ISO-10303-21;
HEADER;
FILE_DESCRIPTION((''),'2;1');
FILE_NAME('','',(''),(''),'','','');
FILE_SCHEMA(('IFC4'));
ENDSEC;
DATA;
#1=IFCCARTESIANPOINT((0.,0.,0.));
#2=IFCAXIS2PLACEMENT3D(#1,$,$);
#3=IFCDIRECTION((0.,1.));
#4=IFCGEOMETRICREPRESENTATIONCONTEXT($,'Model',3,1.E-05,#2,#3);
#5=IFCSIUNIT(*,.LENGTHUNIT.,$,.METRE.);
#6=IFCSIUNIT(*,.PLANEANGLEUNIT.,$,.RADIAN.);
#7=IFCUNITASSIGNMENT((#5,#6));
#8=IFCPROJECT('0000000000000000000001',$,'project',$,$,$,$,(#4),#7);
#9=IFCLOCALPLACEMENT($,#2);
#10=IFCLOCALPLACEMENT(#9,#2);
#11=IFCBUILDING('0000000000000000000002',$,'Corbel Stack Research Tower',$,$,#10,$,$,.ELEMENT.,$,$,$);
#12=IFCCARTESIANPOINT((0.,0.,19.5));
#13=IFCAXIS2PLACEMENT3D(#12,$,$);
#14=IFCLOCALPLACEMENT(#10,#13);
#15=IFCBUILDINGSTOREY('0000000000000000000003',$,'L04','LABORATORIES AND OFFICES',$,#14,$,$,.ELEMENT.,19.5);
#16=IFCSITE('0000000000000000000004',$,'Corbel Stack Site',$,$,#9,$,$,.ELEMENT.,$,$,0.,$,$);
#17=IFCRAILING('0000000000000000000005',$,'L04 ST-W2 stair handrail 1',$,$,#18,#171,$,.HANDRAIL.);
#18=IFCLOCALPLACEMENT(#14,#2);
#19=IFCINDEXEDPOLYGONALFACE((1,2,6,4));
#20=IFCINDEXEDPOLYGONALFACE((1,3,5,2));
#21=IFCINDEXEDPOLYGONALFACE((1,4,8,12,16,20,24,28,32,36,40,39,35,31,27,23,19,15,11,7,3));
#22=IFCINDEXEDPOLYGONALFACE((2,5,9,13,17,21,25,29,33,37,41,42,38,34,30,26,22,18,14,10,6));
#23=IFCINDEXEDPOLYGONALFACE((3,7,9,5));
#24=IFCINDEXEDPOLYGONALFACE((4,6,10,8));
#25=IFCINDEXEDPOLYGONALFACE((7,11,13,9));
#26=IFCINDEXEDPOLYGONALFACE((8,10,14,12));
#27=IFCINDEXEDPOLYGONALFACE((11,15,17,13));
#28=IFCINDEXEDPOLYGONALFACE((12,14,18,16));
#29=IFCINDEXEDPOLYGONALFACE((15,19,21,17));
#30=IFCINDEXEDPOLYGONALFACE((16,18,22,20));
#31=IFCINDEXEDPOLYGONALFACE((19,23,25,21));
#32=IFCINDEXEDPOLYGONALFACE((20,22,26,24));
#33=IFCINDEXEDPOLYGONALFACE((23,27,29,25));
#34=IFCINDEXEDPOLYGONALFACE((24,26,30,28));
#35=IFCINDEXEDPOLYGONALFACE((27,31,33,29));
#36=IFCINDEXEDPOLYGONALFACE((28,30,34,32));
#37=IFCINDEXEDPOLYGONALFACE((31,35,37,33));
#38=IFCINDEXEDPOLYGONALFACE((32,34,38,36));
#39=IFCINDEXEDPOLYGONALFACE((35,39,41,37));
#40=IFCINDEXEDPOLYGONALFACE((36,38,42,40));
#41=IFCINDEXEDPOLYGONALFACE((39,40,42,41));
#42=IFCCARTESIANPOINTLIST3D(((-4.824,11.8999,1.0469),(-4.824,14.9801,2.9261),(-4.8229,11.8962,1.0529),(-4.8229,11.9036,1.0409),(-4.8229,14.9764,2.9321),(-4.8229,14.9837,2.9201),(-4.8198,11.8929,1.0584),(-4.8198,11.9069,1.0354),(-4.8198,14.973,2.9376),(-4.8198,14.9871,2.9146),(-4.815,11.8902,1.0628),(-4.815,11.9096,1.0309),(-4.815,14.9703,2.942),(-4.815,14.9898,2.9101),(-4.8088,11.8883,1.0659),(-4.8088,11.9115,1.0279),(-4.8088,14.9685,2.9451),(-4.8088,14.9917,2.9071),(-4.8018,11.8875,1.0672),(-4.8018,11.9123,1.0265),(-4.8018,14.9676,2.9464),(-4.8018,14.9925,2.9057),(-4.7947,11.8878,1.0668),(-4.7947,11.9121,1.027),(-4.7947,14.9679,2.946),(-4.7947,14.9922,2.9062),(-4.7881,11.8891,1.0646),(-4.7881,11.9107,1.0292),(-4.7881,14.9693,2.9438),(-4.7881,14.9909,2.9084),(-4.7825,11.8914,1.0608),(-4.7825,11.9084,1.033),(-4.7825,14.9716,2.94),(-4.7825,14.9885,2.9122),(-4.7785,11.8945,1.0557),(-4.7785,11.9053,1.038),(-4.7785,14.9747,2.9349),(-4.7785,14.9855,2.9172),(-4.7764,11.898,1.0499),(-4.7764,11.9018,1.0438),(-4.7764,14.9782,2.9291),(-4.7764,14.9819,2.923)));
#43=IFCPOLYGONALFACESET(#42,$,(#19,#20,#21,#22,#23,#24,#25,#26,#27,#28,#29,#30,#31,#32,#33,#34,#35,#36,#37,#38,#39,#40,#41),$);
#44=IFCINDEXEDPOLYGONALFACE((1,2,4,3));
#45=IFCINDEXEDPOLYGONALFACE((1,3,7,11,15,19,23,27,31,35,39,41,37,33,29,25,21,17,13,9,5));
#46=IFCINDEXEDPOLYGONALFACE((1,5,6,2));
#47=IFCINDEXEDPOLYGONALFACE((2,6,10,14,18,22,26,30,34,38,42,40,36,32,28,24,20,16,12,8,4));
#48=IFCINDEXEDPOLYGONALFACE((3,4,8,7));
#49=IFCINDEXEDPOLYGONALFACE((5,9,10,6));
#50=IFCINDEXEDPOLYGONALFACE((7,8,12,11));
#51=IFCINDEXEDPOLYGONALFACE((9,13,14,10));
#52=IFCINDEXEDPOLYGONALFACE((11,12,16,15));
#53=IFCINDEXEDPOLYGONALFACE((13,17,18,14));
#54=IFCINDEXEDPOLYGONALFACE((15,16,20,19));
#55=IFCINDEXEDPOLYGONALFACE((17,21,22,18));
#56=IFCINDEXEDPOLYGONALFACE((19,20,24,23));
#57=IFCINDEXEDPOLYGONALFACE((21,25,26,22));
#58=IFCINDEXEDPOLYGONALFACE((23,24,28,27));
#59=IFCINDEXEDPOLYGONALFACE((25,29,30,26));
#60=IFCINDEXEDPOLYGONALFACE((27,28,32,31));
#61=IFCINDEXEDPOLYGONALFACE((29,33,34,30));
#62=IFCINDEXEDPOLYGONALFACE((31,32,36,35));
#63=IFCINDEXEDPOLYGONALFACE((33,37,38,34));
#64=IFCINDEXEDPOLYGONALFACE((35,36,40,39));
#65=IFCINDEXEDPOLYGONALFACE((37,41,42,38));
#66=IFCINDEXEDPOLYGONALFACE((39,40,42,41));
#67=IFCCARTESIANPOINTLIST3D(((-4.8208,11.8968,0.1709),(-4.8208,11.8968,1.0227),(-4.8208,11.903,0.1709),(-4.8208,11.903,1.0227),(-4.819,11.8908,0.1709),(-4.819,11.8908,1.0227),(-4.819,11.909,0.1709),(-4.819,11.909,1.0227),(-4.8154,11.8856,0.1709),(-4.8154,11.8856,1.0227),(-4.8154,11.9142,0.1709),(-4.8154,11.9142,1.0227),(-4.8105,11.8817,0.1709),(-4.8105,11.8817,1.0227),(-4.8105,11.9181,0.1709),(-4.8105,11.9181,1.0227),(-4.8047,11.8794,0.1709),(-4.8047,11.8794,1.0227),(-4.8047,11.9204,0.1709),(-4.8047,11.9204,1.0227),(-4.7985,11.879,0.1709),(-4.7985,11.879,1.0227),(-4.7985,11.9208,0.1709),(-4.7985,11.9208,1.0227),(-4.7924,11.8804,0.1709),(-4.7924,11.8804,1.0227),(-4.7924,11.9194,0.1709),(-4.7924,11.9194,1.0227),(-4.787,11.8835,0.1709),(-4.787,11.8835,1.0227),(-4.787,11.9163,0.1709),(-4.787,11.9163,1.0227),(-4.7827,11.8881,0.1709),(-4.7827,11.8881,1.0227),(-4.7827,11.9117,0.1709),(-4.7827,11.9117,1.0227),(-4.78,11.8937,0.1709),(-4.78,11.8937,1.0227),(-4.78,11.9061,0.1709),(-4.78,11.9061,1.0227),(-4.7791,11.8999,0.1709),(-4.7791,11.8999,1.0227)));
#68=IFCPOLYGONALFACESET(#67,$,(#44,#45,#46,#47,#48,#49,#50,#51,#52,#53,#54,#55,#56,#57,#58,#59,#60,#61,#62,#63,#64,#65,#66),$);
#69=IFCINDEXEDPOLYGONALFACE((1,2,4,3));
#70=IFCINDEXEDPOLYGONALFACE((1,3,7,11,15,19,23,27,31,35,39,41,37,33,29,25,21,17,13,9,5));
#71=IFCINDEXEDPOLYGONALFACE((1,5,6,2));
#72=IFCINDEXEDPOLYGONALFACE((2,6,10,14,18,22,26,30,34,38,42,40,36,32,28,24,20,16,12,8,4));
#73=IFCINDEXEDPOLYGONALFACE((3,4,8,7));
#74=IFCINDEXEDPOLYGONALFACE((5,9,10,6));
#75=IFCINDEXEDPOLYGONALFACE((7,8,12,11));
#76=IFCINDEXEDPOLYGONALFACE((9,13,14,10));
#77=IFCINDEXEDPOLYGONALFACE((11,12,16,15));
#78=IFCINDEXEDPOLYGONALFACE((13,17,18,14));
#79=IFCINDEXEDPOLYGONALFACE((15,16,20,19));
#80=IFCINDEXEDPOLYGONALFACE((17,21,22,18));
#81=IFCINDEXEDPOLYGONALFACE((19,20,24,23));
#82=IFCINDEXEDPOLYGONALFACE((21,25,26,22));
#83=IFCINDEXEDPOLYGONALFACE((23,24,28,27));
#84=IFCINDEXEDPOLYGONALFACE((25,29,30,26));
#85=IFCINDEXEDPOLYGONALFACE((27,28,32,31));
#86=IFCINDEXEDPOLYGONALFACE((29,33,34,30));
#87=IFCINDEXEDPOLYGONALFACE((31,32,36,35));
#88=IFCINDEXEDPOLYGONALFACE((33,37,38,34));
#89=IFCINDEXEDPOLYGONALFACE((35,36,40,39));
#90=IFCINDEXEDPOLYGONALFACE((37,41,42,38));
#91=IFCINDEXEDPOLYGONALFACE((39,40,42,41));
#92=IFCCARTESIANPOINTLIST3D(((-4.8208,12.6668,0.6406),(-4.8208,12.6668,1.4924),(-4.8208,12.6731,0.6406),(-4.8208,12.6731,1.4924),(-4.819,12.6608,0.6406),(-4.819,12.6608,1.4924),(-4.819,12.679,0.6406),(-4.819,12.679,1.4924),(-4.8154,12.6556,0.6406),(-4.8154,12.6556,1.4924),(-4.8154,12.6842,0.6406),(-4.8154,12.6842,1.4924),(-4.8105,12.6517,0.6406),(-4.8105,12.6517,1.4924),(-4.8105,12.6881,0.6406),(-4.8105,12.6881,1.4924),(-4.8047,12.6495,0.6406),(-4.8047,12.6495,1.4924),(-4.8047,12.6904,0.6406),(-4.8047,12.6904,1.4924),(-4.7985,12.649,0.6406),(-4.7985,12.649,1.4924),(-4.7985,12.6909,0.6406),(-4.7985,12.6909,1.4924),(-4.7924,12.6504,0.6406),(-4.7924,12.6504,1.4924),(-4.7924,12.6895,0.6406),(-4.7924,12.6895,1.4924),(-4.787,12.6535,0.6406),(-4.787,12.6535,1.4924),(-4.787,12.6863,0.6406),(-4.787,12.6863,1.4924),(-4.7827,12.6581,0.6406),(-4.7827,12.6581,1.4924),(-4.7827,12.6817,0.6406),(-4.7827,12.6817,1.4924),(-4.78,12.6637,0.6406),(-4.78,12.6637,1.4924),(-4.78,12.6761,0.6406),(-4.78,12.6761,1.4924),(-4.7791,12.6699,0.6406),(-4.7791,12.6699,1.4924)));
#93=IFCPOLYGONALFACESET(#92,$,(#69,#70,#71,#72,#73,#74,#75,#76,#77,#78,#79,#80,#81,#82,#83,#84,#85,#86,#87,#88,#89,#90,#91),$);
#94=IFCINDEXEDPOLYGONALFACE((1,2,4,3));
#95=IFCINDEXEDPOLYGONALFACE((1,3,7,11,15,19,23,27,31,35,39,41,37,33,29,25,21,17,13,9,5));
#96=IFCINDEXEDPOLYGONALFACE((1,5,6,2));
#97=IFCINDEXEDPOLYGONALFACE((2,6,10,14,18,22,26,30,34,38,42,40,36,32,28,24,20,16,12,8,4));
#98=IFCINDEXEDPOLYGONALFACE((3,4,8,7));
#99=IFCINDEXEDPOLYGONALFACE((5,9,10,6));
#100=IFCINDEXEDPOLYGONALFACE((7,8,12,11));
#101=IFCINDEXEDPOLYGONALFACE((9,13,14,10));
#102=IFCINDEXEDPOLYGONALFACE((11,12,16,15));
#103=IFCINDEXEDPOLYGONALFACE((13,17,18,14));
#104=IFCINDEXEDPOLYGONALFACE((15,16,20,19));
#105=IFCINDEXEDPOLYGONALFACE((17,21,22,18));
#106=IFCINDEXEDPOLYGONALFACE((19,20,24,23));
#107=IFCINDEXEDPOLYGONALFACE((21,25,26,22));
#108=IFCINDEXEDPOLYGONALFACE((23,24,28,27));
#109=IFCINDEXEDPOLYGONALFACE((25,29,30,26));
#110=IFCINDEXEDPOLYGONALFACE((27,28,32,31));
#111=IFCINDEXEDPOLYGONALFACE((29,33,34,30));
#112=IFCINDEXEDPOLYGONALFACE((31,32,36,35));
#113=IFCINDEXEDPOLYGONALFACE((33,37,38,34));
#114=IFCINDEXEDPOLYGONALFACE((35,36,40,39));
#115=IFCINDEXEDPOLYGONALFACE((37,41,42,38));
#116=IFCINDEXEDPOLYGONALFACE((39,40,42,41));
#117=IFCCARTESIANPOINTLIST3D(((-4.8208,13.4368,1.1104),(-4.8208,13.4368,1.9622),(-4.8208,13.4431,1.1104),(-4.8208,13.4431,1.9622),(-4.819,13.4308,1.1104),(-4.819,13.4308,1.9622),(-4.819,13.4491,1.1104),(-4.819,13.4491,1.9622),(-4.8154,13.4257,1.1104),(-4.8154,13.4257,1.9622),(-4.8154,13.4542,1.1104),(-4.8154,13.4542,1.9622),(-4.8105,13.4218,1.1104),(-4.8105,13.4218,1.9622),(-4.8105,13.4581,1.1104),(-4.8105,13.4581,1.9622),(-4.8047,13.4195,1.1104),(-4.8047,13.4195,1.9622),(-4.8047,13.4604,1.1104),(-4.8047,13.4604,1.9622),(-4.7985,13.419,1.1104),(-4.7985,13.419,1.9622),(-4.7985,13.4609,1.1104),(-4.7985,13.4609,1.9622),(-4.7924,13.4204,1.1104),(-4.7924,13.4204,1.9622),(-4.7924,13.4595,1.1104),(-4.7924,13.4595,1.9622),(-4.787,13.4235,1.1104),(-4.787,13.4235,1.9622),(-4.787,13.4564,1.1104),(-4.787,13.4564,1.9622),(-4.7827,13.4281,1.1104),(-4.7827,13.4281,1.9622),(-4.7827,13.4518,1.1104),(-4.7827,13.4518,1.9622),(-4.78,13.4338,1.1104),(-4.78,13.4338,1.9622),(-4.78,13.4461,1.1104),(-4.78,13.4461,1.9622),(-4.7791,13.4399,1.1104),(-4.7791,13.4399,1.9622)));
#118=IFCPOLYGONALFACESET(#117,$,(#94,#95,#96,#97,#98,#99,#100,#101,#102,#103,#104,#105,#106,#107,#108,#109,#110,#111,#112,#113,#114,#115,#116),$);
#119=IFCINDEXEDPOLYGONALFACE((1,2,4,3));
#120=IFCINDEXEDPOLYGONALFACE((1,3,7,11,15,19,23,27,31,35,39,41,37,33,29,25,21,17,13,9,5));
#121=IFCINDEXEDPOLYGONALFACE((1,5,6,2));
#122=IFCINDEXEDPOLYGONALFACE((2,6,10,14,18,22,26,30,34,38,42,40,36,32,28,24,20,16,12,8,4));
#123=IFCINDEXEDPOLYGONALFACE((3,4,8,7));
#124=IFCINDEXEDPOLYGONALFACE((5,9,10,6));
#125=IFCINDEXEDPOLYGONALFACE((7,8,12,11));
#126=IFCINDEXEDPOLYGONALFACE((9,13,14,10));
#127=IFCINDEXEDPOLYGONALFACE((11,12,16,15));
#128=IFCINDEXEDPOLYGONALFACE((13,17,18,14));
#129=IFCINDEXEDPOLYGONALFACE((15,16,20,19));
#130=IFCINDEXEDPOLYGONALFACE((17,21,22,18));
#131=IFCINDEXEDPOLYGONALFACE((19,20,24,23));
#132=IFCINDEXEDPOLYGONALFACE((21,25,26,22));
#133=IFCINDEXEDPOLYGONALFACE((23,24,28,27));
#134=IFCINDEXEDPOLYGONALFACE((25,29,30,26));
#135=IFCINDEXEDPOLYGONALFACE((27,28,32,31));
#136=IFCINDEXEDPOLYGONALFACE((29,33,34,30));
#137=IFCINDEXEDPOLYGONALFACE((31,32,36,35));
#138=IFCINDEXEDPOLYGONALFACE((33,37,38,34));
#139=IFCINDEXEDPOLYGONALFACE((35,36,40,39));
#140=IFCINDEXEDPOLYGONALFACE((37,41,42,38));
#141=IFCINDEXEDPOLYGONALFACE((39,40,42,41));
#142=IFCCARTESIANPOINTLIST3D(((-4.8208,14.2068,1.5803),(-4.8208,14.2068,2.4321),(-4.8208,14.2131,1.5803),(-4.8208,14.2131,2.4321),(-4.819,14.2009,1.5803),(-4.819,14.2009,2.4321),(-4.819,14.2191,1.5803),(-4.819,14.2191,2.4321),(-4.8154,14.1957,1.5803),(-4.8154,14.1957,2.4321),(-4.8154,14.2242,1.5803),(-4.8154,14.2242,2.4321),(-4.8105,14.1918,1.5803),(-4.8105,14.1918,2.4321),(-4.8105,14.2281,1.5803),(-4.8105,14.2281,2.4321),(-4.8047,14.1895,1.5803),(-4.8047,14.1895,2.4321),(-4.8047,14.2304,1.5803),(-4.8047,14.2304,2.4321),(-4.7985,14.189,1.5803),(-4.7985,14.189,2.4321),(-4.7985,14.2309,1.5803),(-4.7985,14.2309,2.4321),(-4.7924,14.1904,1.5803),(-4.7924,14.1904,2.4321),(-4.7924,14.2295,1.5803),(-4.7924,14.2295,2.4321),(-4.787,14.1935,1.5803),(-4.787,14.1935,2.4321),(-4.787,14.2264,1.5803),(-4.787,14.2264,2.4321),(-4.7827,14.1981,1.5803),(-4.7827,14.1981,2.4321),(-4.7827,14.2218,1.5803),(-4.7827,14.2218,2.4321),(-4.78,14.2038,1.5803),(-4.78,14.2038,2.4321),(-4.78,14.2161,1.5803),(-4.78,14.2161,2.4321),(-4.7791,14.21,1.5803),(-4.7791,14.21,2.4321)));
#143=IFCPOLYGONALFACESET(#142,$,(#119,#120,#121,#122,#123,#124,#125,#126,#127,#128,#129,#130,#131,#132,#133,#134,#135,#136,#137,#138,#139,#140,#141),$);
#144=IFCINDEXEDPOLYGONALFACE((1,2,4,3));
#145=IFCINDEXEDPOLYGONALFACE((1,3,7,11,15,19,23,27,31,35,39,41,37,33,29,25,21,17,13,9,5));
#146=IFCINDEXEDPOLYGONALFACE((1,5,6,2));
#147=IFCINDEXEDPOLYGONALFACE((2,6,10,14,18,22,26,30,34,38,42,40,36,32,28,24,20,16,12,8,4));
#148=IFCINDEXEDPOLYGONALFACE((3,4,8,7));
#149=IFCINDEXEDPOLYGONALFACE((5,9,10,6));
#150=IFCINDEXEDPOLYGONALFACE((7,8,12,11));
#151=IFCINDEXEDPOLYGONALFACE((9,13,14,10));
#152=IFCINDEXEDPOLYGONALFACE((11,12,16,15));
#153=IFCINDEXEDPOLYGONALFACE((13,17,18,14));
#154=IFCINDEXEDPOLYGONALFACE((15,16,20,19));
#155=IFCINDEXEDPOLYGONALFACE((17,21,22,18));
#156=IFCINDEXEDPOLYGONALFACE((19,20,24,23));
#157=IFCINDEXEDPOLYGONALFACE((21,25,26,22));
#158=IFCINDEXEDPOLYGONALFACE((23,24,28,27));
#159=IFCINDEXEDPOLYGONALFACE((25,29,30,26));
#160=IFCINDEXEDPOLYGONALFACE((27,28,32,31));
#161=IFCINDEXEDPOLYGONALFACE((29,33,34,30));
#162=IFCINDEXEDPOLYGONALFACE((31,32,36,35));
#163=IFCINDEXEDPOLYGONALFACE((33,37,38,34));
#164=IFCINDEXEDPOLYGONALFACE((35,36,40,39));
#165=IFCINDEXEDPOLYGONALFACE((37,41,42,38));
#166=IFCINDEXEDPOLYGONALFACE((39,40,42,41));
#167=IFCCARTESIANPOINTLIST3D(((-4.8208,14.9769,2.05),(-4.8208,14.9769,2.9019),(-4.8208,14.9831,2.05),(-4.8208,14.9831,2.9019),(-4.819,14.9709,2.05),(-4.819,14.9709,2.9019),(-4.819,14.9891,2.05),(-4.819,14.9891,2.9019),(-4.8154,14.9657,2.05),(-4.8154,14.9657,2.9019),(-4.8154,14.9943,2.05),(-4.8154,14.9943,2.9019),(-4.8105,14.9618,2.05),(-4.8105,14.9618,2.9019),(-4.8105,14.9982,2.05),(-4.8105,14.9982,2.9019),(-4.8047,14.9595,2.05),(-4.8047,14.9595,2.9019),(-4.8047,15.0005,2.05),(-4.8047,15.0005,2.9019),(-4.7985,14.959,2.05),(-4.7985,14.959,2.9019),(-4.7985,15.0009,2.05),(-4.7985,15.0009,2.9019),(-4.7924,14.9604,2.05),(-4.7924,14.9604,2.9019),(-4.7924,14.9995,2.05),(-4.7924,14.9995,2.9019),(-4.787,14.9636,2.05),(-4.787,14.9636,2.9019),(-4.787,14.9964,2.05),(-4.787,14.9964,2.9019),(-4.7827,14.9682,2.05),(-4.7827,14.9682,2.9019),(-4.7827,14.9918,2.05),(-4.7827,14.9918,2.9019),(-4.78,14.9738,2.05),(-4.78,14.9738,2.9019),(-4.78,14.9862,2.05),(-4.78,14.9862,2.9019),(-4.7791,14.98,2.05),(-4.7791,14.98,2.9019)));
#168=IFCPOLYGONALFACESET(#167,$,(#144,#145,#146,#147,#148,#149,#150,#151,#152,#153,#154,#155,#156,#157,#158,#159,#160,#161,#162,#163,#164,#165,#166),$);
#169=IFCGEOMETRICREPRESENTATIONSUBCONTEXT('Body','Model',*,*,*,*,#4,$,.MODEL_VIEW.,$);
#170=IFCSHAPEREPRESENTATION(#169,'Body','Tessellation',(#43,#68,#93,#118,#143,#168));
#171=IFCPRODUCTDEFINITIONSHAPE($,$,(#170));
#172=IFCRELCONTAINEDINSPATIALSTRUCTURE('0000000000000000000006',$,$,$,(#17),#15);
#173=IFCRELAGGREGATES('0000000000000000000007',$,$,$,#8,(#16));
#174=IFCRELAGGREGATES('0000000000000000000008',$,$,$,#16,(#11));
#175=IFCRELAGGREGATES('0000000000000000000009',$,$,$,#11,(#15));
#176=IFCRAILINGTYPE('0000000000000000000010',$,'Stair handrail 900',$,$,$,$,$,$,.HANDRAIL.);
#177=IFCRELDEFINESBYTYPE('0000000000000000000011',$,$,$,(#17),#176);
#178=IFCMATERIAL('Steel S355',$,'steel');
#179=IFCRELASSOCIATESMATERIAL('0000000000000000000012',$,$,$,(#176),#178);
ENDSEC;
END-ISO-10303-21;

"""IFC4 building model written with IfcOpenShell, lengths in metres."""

from ifc_helpers import new_model, si_unit, direction, frame, origin, origin_2d, place, context, subcontext, project, spatial, circle, extrude, material, type_object, element, save


model = new_model("IFC4")

# Units and contexts
model_context = context("Model", 3, precision=1e-05, world=origin(), true_north=direction((0.0, 1.0)))
body_context = subcontext(model_context, "Body", "Model", "MODEL_VIEW")
ifc_project = project(units=[si_unit("LENGTHUNIT", "METRE"), si_unit("PLANEANGLEUNIT", "RADIAN")], contexts=[model_context])

# Site, building, storey
site_placement = place(None, origin())
site = spatial("IfcSite", under=ifc_project, at=site_placement, Name="Corbel Stack Site", CompositionType="ELEMENT", RefElevation=0.0)
building_placement = place(site_placement, origin())
building = spatial("IfcBuilding", under=site, at=building_placement, Name="Corbel Stack Research Tower", CompositionType="ELEMENT")
storey_placement = place(building_placement, frame((0.0, 0.0, 19.5)))
storey = spatial("IfcBuildingStorey", under=building, at=storey_placement, Name="L04", Description="LABORATORIES AND OFFICES", CompositionType="ELEMENT", Elevation=19.5)

# Railing
ifc_material_1 = material(Name="Steel S355", Category="steel")
railing_type_1 = type_object("IfcRailingType", Name="Stair handrail 900", PredefinedType="HANDRAIL", material=ifc_material_1)
railing_1_placement = place(storey_placement, frame((-4.8, 11.8999, 0.1709)))
element("IfcRailing", 1, at=railing_1_placement, inside=storey, type_object=railing_type_1, Name="L04 ST-W2 stair handrail 1", PredefinedType="HANDRAIL", context=body_context, shape_type="SweptSolid", body=[
    extrude(circle(Radius=0.0239, at=origin_2d()), frame((0.0, 0.0, 0.876), z_axis=(0.0, 0.853666, 0.52082), x_axis=(-1.0, 0.0, 0.0)), (0.0, 0.0, 1.0), 3.6082),
    extrude(circle(Radius=0.021, at=origin_2d()), origin(), (0.0, 0.0, 1.0), 0.8518),
    extrude(circle(Radius=0.021, at=origin_2d()), frame((0.0, 0.77, 0.4697)), (0.0, 0.0, 1.0), 0.8518),
    extrude(circle(Radius=0.021, at=origin_2d()), frame((0.0, 1.54, 0.9395)), (0.0, 0.0, 1.0), 0.8518),
    extrude(circle(Radius=0.021, at=origin_2d()), frame((0.0, 2.3101, 1.4094)), (0.0, 0.0, 1.0), 0.8518),
    extrude(circle(Radius=0.021, at=origin_2d()), frame((0.0, 3.0801, 1.8792)), (0.0, 0.0, 1.0), 0.8518),
])

save(model, "model.ifc")
